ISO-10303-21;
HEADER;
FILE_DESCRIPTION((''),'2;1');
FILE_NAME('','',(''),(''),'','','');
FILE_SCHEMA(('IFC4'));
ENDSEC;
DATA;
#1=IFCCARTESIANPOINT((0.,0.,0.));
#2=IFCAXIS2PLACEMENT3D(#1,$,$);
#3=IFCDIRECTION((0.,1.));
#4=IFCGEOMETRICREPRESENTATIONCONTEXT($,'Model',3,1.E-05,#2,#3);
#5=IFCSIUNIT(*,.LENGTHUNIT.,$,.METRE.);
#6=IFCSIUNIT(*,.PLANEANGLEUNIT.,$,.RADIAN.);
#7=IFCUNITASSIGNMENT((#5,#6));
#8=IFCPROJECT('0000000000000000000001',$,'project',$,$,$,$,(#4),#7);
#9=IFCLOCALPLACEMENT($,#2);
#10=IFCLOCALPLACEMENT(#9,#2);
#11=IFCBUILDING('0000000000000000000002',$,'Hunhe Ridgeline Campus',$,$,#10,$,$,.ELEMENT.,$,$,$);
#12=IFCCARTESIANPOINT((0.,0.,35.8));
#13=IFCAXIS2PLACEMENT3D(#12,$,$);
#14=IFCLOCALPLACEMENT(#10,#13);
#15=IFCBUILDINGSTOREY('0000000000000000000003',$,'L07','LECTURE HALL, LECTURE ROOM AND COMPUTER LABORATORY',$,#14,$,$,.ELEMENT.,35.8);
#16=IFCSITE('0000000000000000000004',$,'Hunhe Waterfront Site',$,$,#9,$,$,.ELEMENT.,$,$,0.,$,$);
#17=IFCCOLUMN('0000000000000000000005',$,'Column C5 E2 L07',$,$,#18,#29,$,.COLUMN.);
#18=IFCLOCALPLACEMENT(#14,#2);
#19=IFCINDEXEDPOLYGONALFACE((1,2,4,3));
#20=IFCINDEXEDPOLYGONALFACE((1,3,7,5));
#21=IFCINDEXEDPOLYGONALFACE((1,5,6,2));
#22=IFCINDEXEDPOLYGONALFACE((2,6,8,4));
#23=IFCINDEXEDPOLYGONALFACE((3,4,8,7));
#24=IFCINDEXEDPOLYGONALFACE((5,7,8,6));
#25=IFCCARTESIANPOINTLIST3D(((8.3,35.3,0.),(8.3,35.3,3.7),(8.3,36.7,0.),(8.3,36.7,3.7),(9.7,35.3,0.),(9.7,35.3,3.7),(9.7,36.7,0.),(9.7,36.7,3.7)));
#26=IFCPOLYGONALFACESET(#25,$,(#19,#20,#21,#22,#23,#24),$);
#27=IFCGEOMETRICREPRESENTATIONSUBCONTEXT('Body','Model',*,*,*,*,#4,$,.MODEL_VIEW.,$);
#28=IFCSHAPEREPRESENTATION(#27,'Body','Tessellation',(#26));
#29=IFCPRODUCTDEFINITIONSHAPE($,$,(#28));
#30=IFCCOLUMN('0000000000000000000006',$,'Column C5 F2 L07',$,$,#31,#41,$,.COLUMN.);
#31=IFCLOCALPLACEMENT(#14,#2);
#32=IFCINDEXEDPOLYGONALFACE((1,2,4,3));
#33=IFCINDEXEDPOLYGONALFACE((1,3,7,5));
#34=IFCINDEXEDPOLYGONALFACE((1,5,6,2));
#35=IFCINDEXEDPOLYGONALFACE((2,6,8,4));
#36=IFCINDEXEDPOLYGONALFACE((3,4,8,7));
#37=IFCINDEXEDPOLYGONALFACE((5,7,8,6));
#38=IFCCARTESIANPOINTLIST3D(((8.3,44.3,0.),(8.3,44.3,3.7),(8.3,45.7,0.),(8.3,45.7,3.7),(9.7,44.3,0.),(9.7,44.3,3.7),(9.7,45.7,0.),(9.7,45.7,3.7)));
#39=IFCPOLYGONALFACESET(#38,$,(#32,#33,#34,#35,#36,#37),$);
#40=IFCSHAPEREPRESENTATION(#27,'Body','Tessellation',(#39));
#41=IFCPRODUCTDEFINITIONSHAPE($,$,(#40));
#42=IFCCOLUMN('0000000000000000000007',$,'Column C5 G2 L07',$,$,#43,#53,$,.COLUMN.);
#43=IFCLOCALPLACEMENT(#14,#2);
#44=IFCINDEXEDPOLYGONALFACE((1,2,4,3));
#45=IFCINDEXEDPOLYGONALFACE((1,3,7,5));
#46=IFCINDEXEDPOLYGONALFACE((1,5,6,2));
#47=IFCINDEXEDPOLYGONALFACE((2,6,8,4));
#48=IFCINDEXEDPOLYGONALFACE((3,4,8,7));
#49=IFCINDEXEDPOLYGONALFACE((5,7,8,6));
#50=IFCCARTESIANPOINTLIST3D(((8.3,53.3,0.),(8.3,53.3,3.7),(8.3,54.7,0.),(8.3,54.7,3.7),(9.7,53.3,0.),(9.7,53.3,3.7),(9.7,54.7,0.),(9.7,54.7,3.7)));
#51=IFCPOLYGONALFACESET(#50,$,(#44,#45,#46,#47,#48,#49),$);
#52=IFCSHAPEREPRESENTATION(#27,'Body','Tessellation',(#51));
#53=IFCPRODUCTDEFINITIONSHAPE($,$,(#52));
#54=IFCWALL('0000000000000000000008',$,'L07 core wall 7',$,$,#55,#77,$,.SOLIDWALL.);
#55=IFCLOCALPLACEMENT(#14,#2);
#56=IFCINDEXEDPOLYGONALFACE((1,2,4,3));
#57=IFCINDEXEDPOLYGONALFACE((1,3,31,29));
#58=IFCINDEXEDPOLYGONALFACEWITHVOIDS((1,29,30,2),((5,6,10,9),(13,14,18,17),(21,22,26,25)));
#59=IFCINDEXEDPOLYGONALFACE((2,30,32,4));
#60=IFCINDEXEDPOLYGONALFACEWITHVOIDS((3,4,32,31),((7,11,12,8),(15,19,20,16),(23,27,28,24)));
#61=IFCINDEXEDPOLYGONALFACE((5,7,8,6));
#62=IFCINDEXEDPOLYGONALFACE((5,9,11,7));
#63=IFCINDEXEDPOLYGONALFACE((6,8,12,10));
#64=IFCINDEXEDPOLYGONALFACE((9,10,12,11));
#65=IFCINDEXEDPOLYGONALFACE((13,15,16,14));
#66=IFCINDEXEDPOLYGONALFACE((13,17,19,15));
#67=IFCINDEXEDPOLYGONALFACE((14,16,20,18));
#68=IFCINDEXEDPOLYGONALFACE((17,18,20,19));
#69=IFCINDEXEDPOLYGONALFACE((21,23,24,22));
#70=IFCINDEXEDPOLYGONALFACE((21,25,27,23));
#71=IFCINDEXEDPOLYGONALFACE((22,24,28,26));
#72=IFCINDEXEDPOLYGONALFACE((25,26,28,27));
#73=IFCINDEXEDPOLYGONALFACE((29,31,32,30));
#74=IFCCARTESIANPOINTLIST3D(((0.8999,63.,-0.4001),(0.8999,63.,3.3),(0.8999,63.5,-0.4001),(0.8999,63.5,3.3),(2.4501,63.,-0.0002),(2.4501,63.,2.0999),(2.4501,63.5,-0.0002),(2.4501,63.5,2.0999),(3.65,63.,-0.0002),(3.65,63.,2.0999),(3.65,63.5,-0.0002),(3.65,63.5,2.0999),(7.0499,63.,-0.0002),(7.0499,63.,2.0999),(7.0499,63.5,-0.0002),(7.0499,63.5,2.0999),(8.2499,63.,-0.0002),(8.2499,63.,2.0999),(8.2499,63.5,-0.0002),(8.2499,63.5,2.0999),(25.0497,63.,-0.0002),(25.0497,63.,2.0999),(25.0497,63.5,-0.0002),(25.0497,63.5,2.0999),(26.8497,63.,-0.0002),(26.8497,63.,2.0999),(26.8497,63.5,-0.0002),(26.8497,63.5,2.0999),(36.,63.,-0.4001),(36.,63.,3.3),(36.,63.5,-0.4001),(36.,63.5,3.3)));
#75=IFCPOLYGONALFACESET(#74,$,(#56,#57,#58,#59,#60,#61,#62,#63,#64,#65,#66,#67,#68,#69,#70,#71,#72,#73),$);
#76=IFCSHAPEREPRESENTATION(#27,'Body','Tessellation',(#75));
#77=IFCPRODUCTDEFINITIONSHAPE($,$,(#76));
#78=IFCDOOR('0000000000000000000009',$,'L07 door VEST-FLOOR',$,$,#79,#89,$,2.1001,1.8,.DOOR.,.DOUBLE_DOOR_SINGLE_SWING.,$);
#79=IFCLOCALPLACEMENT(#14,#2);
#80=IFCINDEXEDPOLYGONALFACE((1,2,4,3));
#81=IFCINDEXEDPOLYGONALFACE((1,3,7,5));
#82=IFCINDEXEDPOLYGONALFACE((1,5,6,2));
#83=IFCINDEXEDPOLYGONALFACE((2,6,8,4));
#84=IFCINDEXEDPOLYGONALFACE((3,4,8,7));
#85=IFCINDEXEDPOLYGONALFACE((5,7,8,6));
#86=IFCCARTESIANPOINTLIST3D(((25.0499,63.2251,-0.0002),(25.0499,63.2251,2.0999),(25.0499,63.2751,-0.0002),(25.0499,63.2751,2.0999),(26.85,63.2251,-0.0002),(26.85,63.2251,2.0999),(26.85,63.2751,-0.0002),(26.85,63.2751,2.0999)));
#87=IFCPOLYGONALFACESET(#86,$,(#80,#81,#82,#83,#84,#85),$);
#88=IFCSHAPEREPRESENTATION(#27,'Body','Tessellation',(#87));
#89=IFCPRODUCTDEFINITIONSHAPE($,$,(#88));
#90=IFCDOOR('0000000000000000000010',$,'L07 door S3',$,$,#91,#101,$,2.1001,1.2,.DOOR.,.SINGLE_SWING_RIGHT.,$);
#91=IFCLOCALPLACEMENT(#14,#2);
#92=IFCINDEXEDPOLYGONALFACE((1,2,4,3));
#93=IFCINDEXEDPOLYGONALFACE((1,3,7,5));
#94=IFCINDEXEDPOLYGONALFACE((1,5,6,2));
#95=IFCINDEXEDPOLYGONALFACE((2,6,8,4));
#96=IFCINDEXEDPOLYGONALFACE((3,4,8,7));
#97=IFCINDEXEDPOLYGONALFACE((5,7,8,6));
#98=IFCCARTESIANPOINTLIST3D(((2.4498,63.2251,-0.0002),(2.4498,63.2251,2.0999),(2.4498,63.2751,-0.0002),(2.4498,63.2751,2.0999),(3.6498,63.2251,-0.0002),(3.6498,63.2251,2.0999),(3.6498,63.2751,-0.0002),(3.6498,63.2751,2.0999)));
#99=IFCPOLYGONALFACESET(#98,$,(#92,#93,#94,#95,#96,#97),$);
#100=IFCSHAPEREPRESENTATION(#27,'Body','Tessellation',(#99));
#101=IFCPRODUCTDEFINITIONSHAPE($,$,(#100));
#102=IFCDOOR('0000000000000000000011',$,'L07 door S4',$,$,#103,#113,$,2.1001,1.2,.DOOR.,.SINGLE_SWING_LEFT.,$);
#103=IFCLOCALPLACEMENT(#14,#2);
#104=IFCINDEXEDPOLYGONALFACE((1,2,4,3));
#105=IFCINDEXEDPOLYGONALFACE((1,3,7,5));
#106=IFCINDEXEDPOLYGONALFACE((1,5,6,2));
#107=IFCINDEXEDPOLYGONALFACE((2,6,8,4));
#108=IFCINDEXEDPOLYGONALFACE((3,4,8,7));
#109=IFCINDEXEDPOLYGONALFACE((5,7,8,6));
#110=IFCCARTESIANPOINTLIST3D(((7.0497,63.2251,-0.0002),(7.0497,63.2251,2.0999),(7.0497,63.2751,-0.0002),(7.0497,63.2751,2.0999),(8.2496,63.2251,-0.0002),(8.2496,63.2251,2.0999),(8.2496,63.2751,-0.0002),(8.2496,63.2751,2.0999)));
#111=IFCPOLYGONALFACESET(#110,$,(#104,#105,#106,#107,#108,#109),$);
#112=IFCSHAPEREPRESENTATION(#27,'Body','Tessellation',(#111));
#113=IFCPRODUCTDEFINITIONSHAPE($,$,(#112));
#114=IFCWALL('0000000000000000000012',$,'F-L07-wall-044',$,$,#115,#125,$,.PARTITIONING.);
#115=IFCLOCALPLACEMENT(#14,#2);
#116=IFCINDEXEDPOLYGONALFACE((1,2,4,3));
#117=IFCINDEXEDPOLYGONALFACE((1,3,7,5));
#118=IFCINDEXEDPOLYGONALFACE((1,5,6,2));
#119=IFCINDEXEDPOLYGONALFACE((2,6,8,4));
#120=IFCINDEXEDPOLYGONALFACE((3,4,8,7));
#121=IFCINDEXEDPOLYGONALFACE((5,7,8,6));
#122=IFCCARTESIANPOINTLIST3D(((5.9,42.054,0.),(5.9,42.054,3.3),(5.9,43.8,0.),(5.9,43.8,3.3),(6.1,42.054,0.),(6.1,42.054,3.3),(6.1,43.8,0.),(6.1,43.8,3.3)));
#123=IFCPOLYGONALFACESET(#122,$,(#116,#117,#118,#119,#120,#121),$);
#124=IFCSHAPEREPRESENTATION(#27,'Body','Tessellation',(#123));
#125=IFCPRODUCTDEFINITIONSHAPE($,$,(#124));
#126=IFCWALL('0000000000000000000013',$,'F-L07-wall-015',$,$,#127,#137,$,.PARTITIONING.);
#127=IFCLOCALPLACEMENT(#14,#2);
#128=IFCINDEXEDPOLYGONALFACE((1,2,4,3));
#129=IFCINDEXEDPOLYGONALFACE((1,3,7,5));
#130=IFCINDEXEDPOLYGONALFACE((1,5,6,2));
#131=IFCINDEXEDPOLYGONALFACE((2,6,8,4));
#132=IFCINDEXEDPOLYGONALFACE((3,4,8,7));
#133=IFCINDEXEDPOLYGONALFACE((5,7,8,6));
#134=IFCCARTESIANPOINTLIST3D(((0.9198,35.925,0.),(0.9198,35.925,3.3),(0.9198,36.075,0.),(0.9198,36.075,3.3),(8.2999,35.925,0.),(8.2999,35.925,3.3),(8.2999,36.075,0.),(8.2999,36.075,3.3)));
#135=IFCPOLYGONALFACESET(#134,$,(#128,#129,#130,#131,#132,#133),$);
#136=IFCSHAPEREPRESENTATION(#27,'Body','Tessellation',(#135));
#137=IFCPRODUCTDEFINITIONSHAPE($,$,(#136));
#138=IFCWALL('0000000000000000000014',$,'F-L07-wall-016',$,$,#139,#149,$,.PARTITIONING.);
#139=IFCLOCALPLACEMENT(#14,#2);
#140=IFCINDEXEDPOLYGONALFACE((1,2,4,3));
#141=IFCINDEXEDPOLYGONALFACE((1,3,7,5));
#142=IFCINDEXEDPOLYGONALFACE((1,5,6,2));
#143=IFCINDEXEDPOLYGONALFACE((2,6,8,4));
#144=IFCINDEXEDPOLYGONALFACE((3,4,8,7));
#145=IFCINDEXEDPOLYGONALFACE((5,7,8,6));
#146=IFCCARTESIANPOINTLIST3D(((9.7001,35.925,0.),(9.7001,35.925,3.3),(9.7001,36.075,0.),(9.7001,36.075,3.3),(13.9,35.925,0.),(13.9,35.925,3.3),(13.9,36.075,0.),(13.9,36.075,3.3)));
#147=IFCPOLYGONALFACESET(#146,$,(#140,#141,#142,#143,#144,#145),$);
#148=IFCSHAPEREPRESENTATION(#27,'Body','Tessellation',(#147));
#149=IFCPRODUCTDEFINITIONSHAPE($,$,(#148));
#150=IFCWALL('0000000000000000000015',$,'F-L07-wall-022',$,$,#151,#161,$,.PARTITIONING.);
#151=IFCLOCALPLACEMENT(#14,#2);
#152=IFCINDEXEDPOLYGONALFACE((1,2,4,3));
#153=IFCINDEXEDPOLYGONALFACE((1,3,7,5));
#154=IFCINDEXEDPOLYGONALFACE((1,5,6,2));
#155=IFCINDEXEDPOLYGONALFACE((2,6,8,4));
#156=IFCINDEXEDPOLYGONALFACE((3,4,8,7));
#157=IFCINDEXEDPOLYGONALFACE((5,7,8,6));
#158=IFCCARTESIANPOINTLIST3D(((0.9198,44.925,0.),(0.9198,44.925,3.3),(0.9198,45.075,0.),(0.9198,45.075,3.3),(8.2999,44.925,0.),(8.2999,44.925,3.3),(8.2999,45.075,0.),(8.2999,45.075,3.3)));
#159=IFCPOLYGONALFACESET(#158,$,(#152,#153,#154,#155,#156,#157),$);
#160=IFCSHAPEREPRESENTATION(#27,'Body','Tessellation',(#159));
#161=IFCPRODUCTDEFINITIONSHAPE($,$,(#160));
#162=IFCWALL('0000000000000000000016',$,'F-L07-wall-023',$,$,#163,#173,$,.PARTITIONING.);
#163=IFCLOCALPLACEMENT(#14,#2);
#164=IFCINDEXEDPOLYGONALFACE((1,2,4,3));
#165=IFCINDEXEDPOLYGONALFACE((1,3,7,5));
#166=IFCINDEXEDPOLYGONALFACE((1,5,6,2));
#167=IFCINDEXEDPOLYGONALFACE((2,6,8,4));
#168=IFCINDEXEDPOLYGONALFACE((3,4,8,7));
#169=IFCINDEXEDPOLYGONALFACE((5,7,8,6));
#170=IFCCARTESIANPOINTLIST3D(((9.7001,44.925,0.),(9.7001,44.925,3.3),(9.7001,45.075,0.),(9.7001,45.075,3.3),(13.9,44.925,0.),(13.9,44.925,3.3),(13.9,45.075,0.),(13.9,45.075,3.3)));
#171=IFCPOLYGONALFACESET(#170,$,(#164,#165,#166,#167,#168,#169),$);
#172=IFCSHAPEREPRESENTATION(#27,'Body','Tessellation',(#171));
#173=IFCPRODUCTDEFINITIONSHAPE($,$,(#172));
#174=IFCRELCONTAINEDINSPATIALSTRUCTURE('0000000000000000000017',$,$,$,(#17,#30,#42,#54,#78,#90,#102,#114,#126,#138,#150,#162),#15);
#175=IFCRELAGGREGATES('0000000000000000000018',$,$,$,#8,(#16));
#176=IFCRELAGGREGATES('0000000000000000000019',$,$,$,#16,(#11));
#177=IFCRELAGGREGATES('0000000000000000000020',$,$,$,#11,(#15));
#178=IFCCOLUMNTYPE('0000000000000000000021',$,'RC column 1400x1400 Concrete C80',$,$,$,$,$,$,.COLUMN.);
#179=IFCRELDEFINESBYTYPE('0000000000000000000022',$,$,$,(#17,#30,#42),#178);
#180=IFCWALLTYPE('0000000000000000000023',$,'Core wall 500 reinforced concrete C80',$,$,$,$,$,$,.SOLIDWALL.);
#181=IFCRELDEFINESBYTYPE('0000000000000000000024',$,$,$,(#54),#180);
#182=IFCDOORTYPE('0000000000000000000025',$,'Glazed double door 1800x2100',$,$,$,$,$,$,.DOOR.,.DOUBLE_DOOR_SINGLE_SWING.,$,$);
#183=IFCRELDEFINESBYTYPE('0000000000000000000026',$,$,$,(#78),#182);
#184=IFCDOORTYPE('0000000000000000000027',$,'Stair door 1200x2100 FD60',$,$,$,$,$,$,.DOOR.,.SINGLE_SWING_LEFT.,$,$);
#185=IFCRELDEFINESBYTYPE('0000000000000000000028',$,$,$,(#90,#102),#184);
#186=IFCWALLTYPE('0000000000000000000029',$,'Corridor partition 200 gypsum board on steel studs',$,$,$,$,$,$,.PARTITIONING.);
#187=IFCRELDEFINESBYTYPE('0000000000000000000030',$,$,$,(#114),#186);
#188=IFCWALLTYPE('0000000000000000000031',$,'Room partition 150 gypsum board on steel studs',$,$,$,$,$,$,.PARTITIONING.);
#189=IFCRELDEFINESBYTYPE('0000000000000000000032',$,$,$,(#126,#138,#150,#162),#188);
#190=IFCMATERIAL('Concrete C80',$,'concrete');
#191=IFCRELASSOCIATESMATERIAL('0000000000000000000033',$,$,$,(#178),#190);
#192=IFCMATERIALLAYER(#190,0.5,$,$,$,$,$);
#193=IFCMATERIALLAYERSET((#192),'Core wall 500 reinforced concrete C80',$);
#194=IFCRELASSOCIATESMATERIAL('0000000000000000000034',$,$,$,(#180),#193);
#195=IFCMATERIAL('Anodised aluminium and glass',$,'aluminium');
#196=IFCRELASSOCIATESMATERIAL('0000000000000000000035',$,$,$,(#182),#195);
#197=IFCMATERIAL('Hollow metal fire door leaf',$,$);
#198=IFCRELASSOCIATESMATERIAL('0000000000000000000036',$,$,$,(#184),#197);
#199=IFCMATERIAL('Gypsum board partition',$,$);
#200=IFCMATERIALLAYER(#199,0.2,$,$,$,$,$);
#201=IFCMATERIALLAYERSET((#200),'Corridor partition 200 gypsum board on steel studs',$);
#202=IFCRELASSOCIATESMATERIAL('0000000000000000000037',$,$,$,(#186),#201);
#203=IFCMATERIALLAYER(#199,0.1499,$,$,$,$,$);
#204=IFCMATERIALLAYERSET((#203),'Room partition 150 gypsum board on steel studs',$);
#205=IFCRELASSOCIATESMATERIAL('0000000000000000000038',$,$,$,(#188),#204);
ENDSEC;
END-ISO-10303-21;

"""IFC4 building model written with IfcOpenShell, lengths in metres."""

from ifc_helpers import new_model, si_unit, direction, frame, frame_2d, origin, origin_2d, place, context, subcontext, project, spatial, rectangle, extrude, material, layer, layer_set, material_profile, profile_set, type_object, element, fill, save


model = new_model("IFC4")

# Units and contexts
model_context = context("Model", 3, precision=1e-05, world=origin(), true_north=direction((0.0, 1.0)))
body_context = subcontext(model_context, "Body", "Model", "MODEL_VIEW")
ifc_project = project(units=[si_unit("LENGTHUNIT", "METRE"), si_unit("PLANEANGLEUNIT", "RADIAN")], contexts=[model_context])

# Site, building, storey
site_placement = place(None, origin())
site = spatial("IfcSite", under=ifc_project, at=site_placement, Name="Hunhe Waterfront Site", CompositionType="ELEMENT", RefElevation=0.0)
building_placement = place(site_placement, origin())
building = spatial("IfcBuilding", under=site, at=building_placement, Name="Hunhe Ridgeline Campus", CompositionType="ELEMENT")
storey_placement = place(building_placement, frame((0.0, 0.0, 35.8)))
storey = spatial("IfcBuildingStorey", under=building, at=storey_placement, Name="L07", Description="LECTURE HALL, LECTURE ROOM AND COMPUTER LABORATORY", CompositionType="ELEMENT", Elevation=35.8)

# Columns
ifc_material_1 = material(Name="Concrete C80", Category="concrete")
ifc_material_profile = material_profile(ifc_material_1, rectangle(XDim=1.3999, YDim=1.3999, at=origin_2d()))
ifc_profile_set = profile_set([ifc_material_profile], Name="Concrete C80")
column_type = type_object("IfcColumnType", Name="RC column 1400x1400 Concrete C80", PredefinedType="COLUMN", material=ifc_profile_set)
for number, where, z_axis, x_axis, name in (
    (1, (9.0, 36.0, 0.0), (0.0, 0.0, 1.0), (1.0, 0.0, 0.0), "Column C5 E2 L07"),
    (2, (9.0, 45.0, 0.0), (0.0, 0.0, 1.0), (1.0, 0.0, 0.0), "Column C5 F2 L07"),
    (3, (9.0, 54.0, 0.0), (0.0, 0.0, 1.0), (1.0, 0.0, 0.0), "Column C5 G2 L07"),
):
    element("IfcColumn", number, at=place(storey_placement, frame(where, z_axis=z_axis, x_axis=x_axis)), inside=storey, type_object=column_type, Name=name, PredefinedType="COLUMN", context=body_context, shape_type="SweptSolid", body=[
        extrude(rectangle(XDim=1.3999, YDim=1.3999, at=origin_2d()), origin(), (0.0, 0.0, 1.0), 3.7),
    ])

# Wall, openings, doors
ifc_layer_1 = layer(ifc_material_1, 0.5)
ifc_layer_set_1 = layer_set([ifc_layer_1], Name="Core wall 500 reinforced concrete C80")
wall_type_1 = type_object("IfcWallType", Name="Core wall 500 reinforced concrete C80", PredefinedType="SOLIDWALL", material=ifc_layer_set_1)
wall_1_placement = place(storey_placement, frame((0.8999, 63.25, -0.4001), z_axis=(0.0, 0.0, 1.0), x_axis=(1.0, 0.0, 0.0)))
wall_1 = element("IfcWall", 4, at=wall_1_placement, inside=storey, type_object=wall_type_1, Name="L07 core wall 7", PredefinedType="SOLIDWALL", context=body_context, shape_type="SweptSolid", body=[
    extrude(rectangle(XDim=35.1001, YDim=0.5, at=frame_2d((17.55, 0.0))), origin(), (0.0, 0.0, 1.0), 3.7002),
])
opening_1_placement = place(wall_1_placement, frame((24.1499, 0.0, 0.3999)))
opening_1 = element("IfcOpeningElement", 5, at=opening_1_placement, cuts=wall_1, PredefinedType="OPENING", context=body_context, shape_type="SweptSolid", body=[
    extrude(rectangle(XDim=1.8, YDim=2.1001, at=frame_2d((0.8999, 1.05))), frame((0.0, 0.25, 0.0), z_axis=(0.0, -1.0, 0.0), x_axis=(1.0, 0.0, 0.0)), (0.0, 0.0, 1.0), 0.5),
])
opening_2_placement = place(wall_1_placement, frame((1.55, 0.0, 0.3999)))
opening_2 = element("IfcOpeningElement", 6, at=opening_2_placement, cuts=wall_1, PredefinedType="OPENING", context=body_context, shape_type="SweptSolid", body=[
    extrude(rectangle(XDim=1.2, YDim=2.1001, at=frame_2d((0.6001, 1.05))), frame((0.0, 0.25, 0.0), z_axis=(0.0, -1.0, 0.0), x_axis=(1.0, 0.0, 0.0)), (0.0, 0.0, 1.0), 0.5),
])
opening_3_placement = place(wall_1_placement, frame((6.1499, 0.0, 0.3999)))
opening_3 = element("IfcOpeningElement", 7, at=opening_3_placement, cuts=wall_1, PredefinedType="OPENING", context=body_context, shape_type="SweptSolid", body=[
    extrude(rectangle(XDim=1.2, YDim=2.1001, at=frame_2d((0.6001, 1.05))), frame((0.0, 0.25, 0.0), z_axis=(0.0, -1.0, 0.0), x_axis=(1.0, 0.0, 0.0)), (0.0, 0.0, 1.0), 0.5),
])
ifc_material_2 = material(Name="Anodised aluminium and glass", Category="aluminium")
door_type_1 = type_object("IfcDoorType", Name="Glazed double door 1800x2100", OperationType="DOUBLE_DOOR_SINGLE_SWING", PredefinedType="DOOR", material=ifc_material_2)
door_1_placement = place(opening_1_placement, frame((1.8, 0.0, 0.0), z_axis=(0.0, 0.0, 1.0), x_axis=(-1.0, 0.0, 0.0)))
door_1 = element("IfcDoor", 8, at=door_1_placement, inside=storey, type_object=door_type_1, Name="L07 door VEST-FLOOR", OperationType="DOUBLE_DOOR_SINGLE_SWING", OverallHeight=2.1001, OverallWidth=1.8, PredefinedType="DOOR", context=body_context, shape_type="SweptSolid", body=[
    extrude(rectangle(XDim=1.8, YDim=2.1001, at=frame_2d((0.8999, 1.05))), frame((0.0, 0.0249, 0.0), z_axis=(0.0, -1.0, 0.0), x_axis=(1.0, 0.0, 0.0)), (0.0, 0.0, 1.0), 0.05),
])
fill(opening_1, door_1)
ifc_material_3 = material(Name="Hollow metal fire door leaf")
door_type_2 = type_object("IfcDoorType", Name="Stair door 1200x2100 FD60", OperationType="SINGLE_SWING_LEFT", PredefinedType="DOOR", material=ifc_material_3)
door_2_placement = place(opening_2_placement, frame((1.2, 0.0, 0.0), z_axis=(0.0, 0.0, 1.0), x_axis=(-1.0, 0.0, 0.0)))
door_2 = element("IfcDoor", 9, at=door_2_placement, inside=storey, type_object=door_type_2, Name="L07 door S3", OperationType="SINGLE_SWING_RIGHT", OverallHeight=2.1001, OverallWidth=1.2, PredefinedType="DOOR", context=body_context, shape_type="SweptSolid", body=[
    extrude(rectangle(XDim=1.2, YDim=2.1001, at=frame_2d((0.6001, 1.05))), frame((0.0, 0.0249, 0.0), z_axis=(0.0, -1.0, 0.0), x_axis=(1.0, 0.0, 0.0)), (0.0, 0.0, 1.0), 0.05),
])
fill(opening_2, door_2)
door_3_placement = place(opening_3_placement, frame((1.2, 0.0, 0.0), z_axis=(0.0, 0.0, 1.0), x_axis=(-1.0, 0.0, 0.0)))
door_3 = element("IfcDoor", 10, at=door_3_placement, inside=storey, type_object=door_type_2, Name="L07 door S4", OperationType="SINGLE_SWING_LEFT", OverallHeight=2.1001, OverallWidth=1.2, PredefinedType="DOOR", context=body_context, shape_type="SweptSolid", body=[
    extrude(rectangle(XDim=1.2, YDim=2.1001, at=frame_2d((0.6001, 1.05))), frame((0.0, 0.0249, 0.0), z_axis=(0.0, -1.0, 0.0), x_axis=(1.0, 0.0, 0.0)), (0.0, 0.0, 1.0), 0.05),
])
fill(opening_3, door_3)

# Shared definitions
ifc_material_4 = material(Name="Gypsum board partition")
ifc_layer_2 = layer(ifc_material_4, 0.2)
ifc_layer_set_2 = layer_set([ifc_layer_2], Name="Corridor partition 200 gypsum board on steel studs")
wall_type_2 = type_object("IfcWallType", Name="Corridor partition 200 gypsum board on steel studs", PredefinedType="PARTITIONING", material=ifc_layer_set_2)

# Walls
wall_2_placement = place(storey_placement, frame((6.0, 42.054, 0.0), z_axis=(0.0, 0.0, 1.0), x_axis=(0.0, 1.0, 0.0)))
element("IfcWall", 11, at=wall_2_placement, inside=storey, type_object=wall_type_2, Name="F-L07-wall-044", PredefinedType="PARTITIONING", context=body_context, shape_type="SweptSolid", body=[
    extrude(rectangle(XDim=1.7461, YDim=0.2, at=frame_2d((0.873, 0.0))), origin(), (0.0, 0.0, 1.0), 3.3),
])
ifc_layer_3 = layer(ifc_material_4, 0.1499)
ifc_layer_set_3 = layer_set([ifc_layer_3], Name="Room partition 150 gypsum board on steel studs")
wall_type_3 = type_object("IfcWallType", Name="Room partition 150 gypsum board on steel studs", PredefinedType="PARTITIONING", material=ifc_layer_set_3)
wall_3_placement = place(storey_placement, frame((0.9199, 36.0, 0.0), z_axis=(0.0, 0.0, 1.0), x_axis=(1.0, 0.0, 0.0)))
element("IfcWall", 12, at=wall_3_placement, inside=storey, type_object=wall_type_3, Name="F-L07-wall-015", PredefinedType="PARTITIONING", context=body_context, shape_type="SweptSolid", body=[
    extrude(rectangle(XDim=7.3801, YDim=0.1499, at=frame_2d((3.6899, 0.0))), origin(), (0.0, 0.0, 1.0), 3.3),
])
wall_4_placement = place(storey_placement, frame((9.7, 36.0, 0.0), z_axis=(0.0, 0.0, 1.0), x_axis=(1.0, 0.0, 0.0)))
element("IfcWall", 13, at=wall_4_placement, inside=storey, type_object=wall_type_3, Name="F-L07-wall-016", PredefinedType="PARTITIONING", context=body_context, shape_type="SweptSolid", body=[
    extrude(rectangle(XDim=4.2, YDim=0.1499, at=frame_2d((2.1001, 0.0))), origin(), (0.0, 0.0, 1.0), 3.3),
])
wall_5_placement = place(storey_placement, frame((0.9199, 45.0, 0.0), z_axis=(0.0, 0.0, 1.0), x_axis=(1.0, 0.0, 0.0)))
element("IfcWall", 14, at=wall_5_placement, inside=storey, type_object=wall_type_3, Name="F-L07-wall-022", PredefinedType="PARTITIONING", context=body_context, shape_type="SweptSolid", body=[
    extrude(rectangle(XDim=7.3801, YDim=0.1499, at=frame_2d((3.6899, 0.0))), origin(), (0.0, 0.0, 1.0), 3.3),
])
wall_6_placement = place(storey_placement, frame((9.7, 45.0, 0.0), z_axis=(0.0, 0.0, 1.0), x_axis=(1.0, 0.0, 0.0)))
element("IfcWall", 15, at=wall_6_placement, inside=storey, type_object=wall_type_3, Name="F-L07-wall-023", PredefinedType="PARTITIONING", context=body_context, shape_type="SweptSolid", body=[
    extrude(rectangle(XDim=4.2, YDim=0.1499, at=frame_2d((2.1001, 0.0))), origin(), (0.0, 0.0, 1.0), 3.3),
])

save(model, "model.ifc")
